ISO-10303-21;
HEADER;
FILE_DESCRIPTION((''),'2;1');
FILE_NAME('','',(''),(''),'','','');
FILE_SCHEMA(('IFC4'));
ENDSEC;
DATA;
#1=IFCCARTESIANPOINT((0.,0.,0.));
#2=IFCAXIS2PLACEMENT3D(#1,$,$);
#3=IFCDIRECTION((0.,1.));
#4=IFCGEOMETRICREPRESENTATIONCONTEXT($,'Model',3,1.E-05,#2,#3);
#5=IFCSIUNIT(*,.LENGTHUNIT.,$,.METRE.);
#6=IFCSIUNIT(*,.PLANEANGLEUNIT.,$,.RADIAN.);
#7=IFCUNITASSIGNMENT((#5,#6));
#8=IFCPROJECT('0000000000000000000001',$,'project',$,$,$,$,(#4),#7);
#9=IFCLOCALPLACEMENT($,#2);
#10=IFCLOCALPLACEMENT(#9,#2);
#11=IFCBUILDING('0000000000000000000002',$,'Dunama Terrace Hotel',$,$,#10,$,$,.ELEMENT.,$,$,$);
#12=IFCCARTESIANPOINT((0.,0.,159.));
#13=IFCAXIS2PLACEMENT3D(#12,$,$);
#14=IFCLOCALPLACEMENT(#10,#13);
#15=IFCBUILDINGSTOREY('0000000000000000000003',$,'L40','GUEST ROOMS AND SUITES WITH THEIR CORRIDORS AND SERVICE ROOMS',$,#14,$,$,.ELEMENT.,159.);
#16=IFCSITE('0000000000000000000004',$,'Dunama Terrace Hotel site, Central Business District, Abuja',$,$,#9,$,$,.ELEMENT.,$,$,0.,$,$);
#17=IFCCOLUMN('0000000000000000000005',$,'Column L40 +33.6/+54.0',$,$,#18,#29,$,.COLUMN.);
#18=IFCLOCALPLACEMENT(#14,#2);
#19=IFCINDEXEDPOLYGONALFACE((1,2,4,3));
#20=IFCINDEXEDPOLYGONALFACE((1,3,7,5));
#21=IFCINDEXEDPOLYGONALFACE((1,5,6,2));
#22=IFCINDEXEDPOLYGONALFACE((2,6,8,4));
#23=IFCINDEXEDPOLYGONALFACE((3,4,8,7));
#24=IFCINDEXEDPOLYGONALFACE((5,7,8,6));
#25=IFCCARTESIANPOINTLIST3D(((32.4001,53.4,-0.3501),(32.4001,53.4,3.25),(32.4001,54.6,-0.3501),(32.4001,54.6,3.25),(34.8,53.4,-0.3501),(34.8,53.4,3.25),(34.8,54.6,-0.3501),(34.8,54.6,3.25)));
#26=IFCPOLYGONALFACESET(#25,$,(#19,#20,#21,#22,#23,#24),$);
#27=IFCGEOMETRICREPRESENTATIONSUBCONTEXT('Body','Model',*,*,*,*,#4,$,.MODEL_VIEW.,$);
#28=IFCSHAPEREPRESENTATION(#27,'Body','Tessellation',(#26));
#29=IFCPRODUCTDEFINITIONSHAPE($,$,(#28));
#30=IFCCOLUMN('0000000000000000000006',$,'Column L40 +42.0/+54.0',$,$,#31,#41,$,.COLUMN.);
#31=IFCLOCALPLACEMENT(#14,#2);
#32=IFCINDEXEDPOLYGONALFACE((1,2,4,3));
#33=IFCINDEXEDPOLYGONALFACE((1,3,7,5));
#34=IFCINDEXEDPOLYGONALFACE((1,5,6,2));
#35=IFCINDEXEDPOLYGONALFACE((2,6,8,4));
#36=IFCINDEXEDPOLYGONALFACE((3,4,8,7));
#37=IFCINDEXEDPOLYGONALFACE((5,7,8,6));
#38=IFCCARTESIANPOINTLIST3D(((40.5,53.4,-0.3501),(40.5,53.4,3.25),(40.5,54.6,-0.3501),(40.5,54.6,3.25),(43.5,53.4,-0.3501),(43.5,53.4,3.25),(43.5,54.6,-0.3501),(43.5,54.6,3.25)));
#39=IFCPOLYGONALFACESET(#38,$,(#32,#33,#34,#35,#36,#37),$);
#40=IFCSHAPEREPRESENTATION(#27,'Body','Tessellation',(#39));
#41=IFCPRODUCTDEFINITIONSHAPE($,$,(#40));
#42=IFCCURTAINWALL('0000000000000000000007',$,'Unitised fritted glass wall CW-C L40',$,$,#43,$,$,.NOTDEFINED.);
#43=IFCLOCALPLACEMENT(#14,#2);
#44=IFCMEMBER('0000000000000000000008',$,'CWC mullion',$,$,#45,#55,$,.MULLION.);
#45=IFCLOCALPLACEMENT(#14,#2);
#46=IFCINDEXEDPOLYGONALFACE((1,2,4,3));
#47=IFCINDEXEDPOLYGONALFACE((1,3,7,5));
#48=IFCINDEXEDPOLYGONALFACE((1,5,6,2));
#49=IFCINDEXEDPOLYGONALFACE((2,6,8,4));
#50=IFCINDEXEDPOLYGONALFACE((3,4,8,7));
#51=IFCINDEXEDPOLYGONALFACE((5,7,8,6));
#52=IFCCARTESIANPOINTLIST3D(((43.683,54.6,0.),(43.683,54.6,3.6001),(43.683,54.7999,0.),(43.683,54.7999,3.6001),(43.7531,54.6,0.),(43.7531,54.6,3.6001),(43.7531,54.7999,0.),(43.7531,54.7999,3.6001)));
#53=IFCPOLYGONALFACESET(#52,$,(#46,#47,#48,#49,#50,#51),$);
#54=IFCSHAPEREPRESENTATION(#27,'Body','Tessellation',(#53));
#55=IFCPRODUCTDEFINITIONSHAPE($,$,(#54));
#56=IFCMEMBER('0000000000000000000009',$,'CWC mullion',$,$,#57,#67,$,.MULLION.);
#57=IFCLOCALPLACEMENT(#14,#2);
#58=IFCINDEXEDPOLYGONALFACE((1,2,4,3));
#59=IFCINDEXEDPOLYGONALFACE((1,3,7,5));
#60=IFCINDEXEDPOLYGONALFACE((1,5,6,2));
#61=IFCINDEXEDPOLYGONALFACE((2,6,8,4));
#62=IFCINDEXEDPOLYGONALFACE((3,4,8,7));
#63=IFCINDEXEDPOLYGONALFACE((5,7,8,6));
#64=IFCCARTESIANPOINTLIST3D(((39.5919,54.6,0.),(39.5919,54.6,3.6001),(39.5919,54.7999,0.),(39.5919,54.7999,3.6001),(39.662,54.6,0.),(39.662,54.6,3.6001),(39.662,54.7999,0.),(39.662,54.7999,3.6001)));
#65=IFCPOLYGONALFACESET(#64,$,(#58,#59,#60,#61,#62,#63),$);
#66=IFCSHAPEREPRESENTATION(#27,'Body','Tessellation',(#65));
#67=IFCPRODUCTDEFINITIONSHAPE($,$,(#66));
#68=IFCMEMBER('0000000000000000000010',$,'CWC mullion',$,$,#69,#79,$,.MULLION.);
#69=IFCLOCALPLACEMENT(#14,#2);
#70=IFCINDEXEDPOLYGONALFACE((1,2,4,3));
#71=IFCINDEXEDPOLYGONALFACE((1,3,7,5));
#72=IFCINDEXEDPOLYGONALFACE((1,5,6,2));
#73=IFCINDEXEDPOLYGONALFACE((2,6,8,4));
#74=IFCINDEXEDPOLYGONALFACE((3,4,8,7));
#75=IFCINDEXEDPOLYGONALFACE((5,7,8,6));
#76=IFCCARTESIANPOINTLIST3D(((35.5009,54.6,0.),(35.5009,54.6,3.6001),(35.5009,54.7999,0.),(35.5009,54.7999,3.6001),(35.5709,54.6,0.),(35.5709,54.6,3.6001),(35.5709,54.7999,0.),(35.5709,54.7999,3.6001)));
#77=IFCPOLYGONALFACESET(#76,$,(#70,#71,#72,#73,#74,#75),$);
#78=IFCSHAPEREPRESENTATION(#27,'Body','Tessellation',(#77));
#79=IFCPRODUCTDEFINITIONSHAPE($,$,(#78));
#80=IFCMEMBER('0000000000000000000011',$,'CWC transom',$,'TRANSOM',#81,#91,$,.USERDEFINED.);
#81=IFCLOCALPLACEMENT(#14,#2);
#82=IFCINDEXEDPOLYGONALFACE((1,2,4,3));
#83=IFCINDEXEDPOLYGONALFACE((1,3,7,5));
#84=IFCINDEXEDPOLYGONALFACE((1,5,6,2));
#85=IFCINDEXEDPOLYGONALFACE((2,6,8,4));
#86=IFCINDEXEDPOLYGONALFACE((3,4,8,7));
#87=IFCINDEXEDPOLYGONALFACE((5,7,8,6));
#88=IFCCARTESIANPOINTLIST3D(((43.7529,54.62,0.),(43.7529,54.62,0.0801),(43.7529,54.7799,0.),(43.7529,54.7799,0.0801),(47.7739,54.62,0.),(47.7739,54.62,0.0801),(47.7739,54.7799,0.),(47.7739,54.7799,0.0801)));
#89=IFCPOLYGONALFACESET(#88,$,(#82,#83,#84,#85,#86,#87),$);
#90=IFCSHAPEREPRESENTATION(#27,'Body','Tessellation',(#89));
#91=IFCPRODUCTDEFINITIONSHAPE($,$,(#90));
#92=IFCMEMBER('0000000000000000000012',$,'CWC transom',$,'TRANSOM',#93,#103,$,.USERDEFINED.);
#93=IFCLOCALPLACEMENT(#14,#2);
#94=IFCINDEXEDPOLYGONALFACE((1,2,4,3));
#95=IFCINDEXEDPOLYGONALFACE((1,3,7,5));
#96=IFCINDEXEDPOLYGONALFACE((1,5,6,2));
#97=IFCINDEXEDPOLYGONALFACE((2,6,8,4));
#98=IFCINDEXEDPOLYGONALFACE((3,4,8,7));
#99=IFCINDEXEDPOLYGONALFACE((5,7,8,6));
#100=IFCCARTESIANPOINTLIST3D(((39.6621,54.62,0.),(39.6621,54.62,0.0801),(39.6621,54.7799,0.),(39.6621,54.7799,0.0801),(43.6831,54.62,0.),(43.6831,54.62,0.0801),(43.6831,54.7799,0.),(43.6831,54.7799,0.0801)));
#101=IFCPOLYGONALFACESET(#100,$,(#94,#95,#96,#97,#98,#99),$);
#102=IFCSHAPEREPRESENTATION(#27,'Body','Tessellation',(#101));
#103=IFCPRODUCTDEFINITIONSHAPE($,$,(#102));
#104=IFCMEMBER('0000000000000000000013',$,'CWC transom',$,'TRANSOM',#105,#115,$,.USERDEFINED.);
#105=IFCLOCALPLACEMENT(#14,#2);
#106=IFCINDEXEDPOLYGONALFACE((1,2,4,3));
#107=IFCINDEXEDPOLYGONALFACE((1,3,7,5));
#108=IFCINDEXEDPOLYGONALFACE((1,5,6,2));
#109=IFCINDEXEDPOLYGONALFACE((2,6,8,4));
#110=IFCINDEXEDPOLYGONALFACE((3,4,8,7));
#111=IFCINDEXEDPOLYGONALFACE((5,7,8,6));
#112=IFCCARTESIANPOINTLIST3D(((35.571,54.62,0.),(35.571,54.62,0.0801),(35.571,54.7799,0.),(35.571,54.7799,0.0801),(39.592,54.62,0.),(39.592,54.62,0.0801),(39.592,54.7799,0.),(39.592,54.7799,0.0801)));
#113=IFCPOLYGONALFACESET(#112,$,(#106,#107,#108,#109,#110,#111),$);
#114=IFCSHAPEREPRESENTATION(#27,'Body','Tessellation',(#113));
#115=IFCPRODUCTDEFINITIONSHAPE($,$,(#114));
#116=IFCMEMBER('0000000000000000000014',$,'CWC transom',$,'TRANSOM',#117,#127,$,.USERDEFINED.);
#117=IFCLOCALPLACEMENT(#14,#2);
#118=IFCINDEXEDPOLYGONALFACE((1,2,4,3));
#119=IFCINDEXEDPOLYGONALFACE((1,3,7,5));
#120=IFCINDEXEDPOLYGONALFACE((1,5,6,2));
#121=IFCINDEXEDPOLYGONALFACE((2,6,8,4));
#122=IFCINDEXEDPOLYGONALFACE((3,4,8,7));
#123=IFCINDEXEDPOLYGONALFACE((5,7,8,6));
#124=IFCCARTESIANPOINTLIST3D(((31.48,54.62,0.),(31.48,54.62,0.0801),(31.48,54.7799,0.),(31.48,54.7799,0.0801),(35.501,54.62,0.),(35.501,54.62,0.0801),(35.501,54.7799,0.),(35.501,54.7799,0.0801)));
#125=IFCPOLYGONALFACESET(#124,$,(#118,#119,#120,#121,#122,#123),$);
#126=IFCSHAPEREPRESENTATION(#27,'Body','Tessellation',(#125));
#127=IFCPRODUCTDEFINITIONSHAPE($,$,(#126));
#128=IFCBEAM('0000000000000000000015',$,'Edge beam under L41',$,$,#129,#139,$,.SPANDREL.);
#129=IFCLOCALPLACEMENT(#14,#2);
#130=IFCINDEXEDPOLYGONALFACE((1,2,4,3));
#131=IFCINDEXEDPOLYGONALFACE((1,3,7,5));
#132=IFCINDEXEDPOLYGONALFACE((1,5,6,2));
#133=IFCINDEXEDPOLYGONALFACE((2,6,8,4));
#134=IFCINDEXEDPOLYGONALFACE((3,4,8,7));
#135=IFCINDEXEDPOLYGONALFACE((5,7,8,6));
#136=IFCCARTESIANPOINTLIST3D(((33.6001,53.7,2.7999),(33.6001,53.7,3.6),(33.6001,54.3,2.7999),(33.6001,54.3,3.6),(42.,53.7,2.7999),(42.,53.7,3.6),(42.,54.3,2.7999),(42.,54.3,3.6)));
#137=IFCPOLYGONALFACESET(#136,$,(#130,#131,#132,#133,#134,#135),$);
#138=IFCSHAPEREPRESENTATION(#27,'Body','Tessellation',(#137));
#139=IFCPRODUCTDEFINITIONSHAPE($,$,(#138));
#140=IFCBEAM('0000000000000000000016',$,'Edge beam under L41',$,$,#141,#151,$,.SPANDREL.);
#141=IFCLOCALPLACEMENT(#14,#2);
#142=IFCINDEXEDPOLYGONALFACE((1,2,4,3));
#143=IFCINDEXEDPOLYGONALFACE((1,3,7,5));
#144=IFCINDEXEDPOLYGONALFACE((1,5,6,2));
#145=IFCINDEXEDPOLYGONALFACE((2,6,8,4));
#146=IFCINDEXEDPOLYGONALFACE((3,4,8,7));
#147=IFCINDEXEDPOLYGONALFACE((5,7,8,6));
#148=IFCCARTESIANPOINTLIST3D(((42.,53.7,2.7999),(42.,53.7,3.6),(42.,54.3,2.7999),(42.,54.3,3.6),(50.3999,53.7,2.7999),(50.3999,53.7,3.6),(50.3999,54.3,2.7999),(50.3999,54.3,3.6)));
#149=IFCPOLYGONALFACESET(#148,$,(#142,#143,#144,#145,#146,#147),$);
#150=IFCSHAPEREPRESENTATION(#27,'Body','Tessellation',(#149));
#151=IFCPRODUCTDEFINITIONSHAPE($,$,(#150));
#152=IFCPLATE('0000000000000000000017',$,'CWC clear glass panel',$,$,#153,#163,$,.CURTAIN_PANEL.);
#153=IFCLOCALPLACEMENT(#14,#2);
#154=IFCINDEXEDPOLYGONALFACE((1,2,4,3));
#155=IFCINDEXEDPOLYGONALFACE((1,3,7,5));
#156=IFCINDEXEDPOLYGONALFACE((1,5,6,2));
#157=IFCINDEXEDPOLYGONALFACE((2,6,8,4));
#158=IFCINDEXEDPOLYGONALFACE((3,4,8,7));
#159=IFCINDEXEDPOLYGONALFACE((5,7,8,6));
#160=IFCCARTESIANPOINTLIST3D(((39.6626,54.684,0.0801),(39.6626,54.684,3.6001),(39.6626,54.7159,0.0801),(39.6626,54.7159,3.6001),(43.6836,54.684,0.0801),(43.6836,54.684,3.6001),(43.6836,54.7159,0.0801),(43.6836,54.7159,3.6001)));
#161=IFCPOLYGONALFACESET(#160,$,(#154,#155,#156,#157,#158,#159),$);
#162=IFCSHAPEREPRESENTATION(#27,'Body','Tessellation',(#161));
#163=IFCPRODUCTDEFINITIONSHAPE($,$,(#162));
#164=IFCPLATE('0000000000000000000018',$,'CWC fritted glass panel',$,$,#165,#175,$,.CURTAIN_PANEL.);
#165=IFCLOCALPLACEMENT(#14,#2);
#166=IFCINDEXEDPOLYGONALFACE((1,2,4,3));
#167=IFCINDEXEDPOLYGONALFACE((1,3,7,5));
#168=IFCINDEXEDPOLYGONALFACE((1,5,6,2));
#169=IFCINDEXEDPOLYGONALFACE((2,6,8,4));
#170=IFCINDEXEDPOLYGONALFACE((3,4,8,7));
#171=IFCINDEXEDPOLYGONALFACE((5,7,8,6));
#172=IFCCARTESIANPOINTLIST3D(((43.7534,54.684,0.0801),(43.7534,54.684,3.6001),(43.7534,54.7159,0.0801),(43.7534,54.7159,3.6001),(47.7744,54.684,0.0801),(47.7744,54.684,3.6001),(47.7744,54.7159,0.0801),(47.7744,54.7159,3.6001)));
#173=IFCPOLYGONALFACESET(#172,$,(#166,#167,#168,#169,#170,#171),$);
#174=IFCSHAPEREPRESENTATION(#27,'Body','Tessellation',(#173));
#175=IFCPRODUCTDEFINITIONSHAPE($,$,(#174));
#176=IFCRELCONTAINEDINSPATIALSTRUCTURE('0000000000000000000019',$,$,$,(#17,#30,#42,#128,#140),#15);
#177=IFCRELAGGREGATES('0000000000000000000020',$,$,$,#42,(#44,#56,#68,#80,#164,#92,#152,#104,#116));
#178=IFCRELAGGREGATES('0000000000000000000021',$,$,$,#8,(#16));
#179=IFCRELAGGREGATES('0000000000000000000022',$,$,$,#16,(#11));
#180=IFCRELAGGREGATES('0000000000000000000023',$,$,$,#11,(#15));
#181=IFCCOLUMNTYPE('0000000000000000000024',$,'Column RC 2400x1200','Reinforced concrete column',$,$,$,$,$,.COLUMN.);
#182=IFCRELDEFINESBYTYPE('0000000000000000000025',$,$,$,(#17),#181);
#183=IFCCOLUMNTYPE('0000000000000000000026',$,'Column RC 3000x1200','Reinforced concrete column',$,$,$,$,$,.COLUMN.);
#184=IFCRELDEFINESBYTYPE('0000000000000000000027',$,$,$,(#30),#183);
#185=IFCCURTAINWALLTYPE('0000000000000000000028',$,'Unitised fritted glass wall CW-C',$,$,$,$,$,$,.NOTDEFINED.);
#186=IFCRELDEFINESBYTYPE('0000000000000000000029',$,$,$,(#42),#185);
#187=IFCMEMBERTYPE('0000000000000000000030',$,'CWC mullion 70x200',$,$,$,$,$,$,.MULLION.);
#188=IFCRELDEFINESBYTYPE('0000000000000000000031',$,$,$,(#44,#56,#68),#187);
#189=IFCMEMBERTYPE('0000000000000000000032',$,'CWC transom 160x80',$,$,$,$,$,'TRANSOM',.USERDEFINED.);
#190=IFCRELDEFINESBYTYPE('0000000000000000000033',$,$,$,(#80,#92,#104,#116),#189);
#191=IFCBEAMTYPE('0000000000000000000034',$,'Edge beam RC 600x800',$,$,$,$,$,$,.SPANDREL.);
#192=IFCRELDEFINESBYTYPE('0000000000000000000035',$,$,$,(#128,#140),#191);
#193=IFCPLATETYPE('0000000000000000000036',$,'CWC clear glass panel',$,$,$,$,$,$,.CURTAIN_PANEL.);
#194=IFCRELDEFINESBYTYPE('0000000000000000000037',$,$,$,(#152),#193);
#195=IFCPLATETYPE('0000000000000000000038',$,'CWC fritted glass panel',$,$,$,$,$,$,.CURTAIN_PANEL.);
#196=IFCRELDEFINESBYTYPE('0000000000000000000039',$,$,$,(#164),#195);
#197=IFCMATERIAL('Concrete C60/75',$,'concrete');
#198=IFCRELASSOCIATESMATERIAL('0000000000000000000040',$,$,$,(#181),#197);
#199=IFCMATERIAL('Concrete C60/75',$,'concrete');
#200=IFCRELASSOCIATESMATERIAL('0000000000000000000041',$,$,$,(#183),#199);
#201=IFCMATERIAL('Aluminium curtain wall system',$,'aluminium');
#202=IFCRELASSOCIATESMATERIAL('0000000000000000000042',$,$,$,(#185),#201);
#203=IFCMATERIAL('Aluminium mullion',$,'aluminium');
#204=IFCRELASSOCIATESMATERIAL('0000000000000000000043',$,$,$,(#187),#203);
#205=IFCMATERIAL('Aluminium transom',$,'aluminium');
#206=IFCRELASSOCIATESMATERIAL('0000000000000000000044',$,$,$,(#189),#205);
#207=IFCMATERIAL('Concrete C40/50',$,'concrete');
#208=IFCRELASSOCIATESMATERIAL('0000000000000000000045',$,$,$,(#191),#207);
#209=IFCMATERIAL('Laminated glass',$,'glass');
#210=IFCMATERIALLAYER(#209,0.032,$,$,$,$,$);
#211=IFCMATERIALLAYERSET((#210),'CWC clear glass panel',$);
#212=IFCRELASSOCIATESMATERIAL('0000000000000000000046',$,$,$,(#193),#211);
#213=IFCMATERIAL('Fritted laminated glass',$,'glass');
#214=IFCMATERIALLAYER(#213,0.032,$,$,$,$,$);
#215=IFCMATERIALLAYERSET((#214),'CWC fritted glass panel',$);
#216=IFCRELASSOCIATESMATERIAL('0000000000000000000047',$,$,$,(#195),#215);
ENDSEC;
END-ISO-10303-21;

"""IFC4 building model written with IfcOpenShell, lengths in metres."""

from ifc_helpers import new_model, si_unit, direction, frame, origin, origin_2d, place, context, subcontext, project, spatial, rectangle, extrude, material, layer, layer_set, material_profile, profile_set, type_object, element, aggregate, save


model = new_model("IFC4")

# Units and contexts
model_context = context("Model", 3, precision=1e-05, world=origin(), true_north=direction((0.0, 1.0)))
body_context = subcontext(model_context, "Body", "Model", "MODEL_VIEW")
ifc_project = project(units=[si_unit("LENGTHUNIT", "METRE"), si_unit("PLANEANGLEUNIT", "RADIAN")], contexts=[model_context])

# Site, building, storey
site_placement = place(None, origin())
site = spatial("IfcSite", under=ifc_project, at=site_placement, Name="Dunama Terrace Hotel site, Central Business District, Abuja", CompositionType="ELEMENT", RefElevation=0.0)
building_placement = place(site_placement, origin())
building = spatial("IfcBuilding", under=site, at=building_placement, Name="Dunama Terrace Hotel", CompositionType="ELEMENT")
storey_placement = place(building_placement, frame((0.0, 0.0, 159.0)))
storey = spatial("IfcBuildingStorey", under=building, at=storey_placement, Name="L40", Description="GUEST ROOMS AND SUITES WITH THEIR CORRIDORS AND SERVICE ROOMS", CompositionType="ELEMENT", Elevation=159.0)

# Columns
ifc_material_1 = material(Name="Concrete C60/75", Category="concrete")
ifc_material_profile_1 = material_profile(ifc_material_1, rectangle(XDim=2.3999, YDim=1.2, at=origin_2d()), Name="RC 2400x1200")
ifc_profile_set_1 = profile_set([ifc_material_profile_1], Name="Concrete C60/75")
column_type_1 = type_object("IfcColumnType", Name="Column RC 2400x1200", Description="Reinforced concrete column", PredefinedType="COLUMN", material=ifc_profile_set_1)
column_1_placement = place(storey_placement, frame((33.6001, 54.0, -0.3501), z_axis=(0.0, 0.0, 1.0), x_axis=(1.0, 0.0, 0.0)))
element("IfcColumn", 1, at=column_1_placement, inside=storey, type_object=column_type_1, Name="Column L40 +33.6/+54.0", PredefinedType="COLUMN", context=body_context, shape_type="SweptSolid", body=[
    extrude(rectangle(XDim=2.3999, YDim=1.2, at=origin_2d()), origin(), (0.0, 0.0, 1.0), 3.6001),
])
ifc_material_2 = material(Name="Concrete C60/75", Category="concrete")
ifc_material_profile_2 = material_profile(ifc_material_2, rectangle(XDim=3.0, YDim=1.2, at=origin_2d()), Name="RC 3000x1200")
ifc_profile_set_2 = profile_set([ifc_material_profile_2], Name="Concrete C60/75")
column_type_2 = type_object("IfcColumnType", Name="Column RC 3000x1200", Description="Reinforced concrete column", PredefinedType="COLUMN", material=ifc_profile_set_2)
column_2_placement = place(storey_placement, frame((42.0, 54.0, -0.3501), z_axis=(0.0, 0.0, 1.0), x_axis=(1.0, 0.0, 0.0)))
element("IfcColumn", 2, at=column_2_placement, inside=storey, type_object=column_type_2, Name="Column L40 +42.0/+54.0", PredefinedType="COLUMN", context=body_context, shape_type="SweptSolid", body=[
    extrude(rectangle(XDim=3.0, YDim=1.2, at=origin_2d()), origin(), (0.0, 0.0, 1.0), 3.6001),
])

# Curtain wall, members
ifc_material_3 = material(Name="Aluminium curtain wall system", Category="aluminium")
curtain_wall_type = type_object("IfcCurtainWallType", Name="Unitised fritted glass wall CW-C", PredefinedType="NOTDEFINED", material=ifc_material_3)
curtain_wall_placement = place(storey_placement, origin())
curtain_wall = element("IfcCurtainWall", 3, at=curtain_wall_placement, inside=storey, type_object=curtain_wall_type, Name="Unitised fritted glass wall CW-C L40", PredefinedType="NOTDEFINED")
ifc_material_4 = material(Name="Aluminium mullion", Category="aluminium")
ifc_material_profile_3 = material_profile(ifc_material_4, rectangle(XDim=0.0701, YDim=0.2, at=origin_2d()), Name="CWC MULLION 70X200")
ifc_profile_set_3 = profile_set([ifc_material_profile_3], Name="Aluminium mullion")
member_type_1 = type_object("IfcMemberType", Name="CWC mullion 70x200", PredefinedType="MULLION", material=ifc_profile_set_3)
member_1_placement = place(storey_placement, frame((43.718, 54.7, 0.0), z_axis=(0.0, 0.0, 1.0), x_axis=(-1.0, 0.0, 0.0)))
member_1 = element("IfcMember", 4, at=member_1_placement, type_object=member_type_1, Name="CWC mullion", PredefinedType="MULLION", context=body_context, shape_type="SweptSolid", body=[
    extrude(rectangle(XDim=0.0701, YDim=0.2, at=origin_2d()), origin(), (0.0, 0.0, 1.0), 3.6001),
])
member_2_placement = place(storey_placement, frame((39.627, 54.7, 0.0), z_axis=(0.0, 0.0, 1.0), x_axis=(-1.0, 0.0, 0.0)))
member_2 = element("IfcMember", 5, at=member_2_placement, type_object=member_type_1, Name="CWC mullion", PredefinedType="MULLION", context=body_context, shape_type="SweptSolid", body=[
    extrude(rectangle(XDim=0.0701, YDim=0.2, at=origin_2d()), origin(), (0.0, 0.0, 1.0), 3.6001),
])
member_3_placement = place(storey_placement, frame((35.5359, 54.7, 0.0), z_axis=(0.0, 0.0, 1.0), x_axis=(-1.0, 0.0, 0.0)))
member_3 = element("IfcMember", 6, at=member_3_placement, type_object=member_type_1, Name="CWC mullion", PredefinedType="MULLION", context=body_context, shape_type="SweptSolid", body=[
    extrude(rectangle(XDim=0.0701, YDim=0.2, at=origin_2d()), origin(), (0.0, 0.0, 1.0), 3.6001),
])
ifc_material_5 = material(Name="Aluminium transom", Category="aluminium")
ifc_material_profile_4 = material_profile(ifc_material_5, rectangle(XDim=0.1599, YDim=0.0801, at=origin_2d()), Name="CWC TRANSOM 160X80")
ifc_profile_set_4 = profile_set([ifc_material_profile_4], Name="Aluminium transom")
member_type_2 = type_object("IfcMemberType", Name="CWC transom 160x80", ElementType="TRANSOM", PredefinedType="USERDEFINED", material=ifc_profile_set_4)
member_4_placement = place(storey_placement, frame((47.7739, 54.7, 0.04), z_axis=(-1.0, 0.0, 0.0), x_axis=(0.0, -1.0, 0.0)))
member_4 = element("IfcMember", 7, at=member_4_placement, type_object=member_type_2, Name="CWC transom", ObjectType="TRANSOM", PredefinedType="USERDEFINED", context=body_context, shape_type="SweptSolid", body=[
    extrude(rectangle(XDim=0.1599, YDim=0.0801, at=origin_2d()), origin(), (0.0, 0.0, 1.0), 4.021),
])
member_5_placement = place(storey_placement, frame((43.6831, 54.7, 0.04), z_axis=(-1.0, 0.0, 0.0), x_axis=(0.0, -1.0, 0.0)))
member_5 = element("IfcMember", 8, at=member_5_placement, type_object=member_type_2, Name="CWC transom", ObjectType="TRANSOM", PredefinedType="USERDEFINED", context=body_context, shape_type="SweptSolid", body=[
    extrude(rectangle(XDim=0.1599, YDim=0.0801, at=origin_2d()), origin(), (0.0, 0.0, 1.0), 4.021),
])
member_6_placement = place(storey_placement, frame((39.592, 54.7, 0.04), z_axis=(-1.0, 0.0, 0.0), x_axis=(0.0, -1.0, 0.0)))
member_6 = element("IfcMember", 9, at=member_6_placement, type_object=member_type_2, Name="CWC transom", ObjectType="TRANSOM", PredefinedType="USERDEFINED", context=body_context, shape_type="SweptSolid", body=[
    extrude(rectangle(XDim=0.1599, YDim=0.0801, at=origin_2d()), origin(), (0.0, 0.0, 1.0), 4.021),
])
member_7_placement = place(storey_placement, frame((35.501, 54.7, 0.04), z_axis=(-1.0, 0.0, 0.0), x_axis=(0.0, -1.0, 0.0)))
member_7 = element("IfcMember", 10, at=member_7_placement, type_object=member_type_2, Name="CWC transom", ObjectType="TRANSOM", PredefinedType="USERDEFINED", context=body_context, shape_type="SweptSolid", body=[
    extrude(rectangle(XDim=0.1599, YDim=0.0801, at=origin_2d()), origin(), (0.0, 0.0, 1.0), 4.021),
])

# Beams
ifc_material_6 = material(Name="Concrete C40/50", Category="concrete")
ifc_material_profile_5 = material_profile(ifc_material_6, rectangle(XDim=0.6001, YDim=0.8, at=origin_2d()), Name="RC 600x800")
ifc_profile_set_5 = profile_set([ifc_material_profile_5], Name="Concrete C40/50")
beam_type = type_object("IfcBeamType", Name="Edge beam RC 600x800", PredefinedType="SPANDREL", material=ifc_profile_set_5)
for number, where, z_axis, x_axis, name in (
    (11, (33.6001, 54.0, 3.2), (1.0, 0.0, 0.0), (0.0, 1.0, 0.0), "Edge beam under L41"),
    (12, (42.0, 54.0, 3.2), (1.0, 0.0, 0.0), (0.0, 1.0, 0.0), "Edge beam under L41"),
):
    element("IfcBeam", number, at=place(storey_placement, frame(where, z_axis=z_axis, x_axis=x_axis)), inside=storey, type_object=beam_type, Name=name, PredefinedType="SPANDREL", context=body_context, shape_type="SweptSolid", body=[
        extrude(rectangle(XDim=0.6001, YDim=0.8, at=origin_2d()), origin(), (0.0, 0.0, 1.0), 8.3999),
    ])

# Plates
ifc_material_7 = material(Name="Laminated glass", Category="glass")
ifc_layer_1 = layer(ifc_material_7, 0.032)
ifc_layer_set_1 = layer_set([ifc_layer_1], Name="CWC clear glass panel")
plate_type_1 = type_object("IfcPlateType", Name="CWC clear glass panel", PredefinedType="CURTAIN_PANEL", material=ifc_layer_set_1)
plate_1_placement = place(storey_placement, frame((41.6731, 54.7, 0.0801), z_axis=(0.0, 0.0, 1.0), x_axis=(-1.0, 0.0, 0.0)))
plate_1 = element("IfcPlate", 13, at=plate_1_placement, type_object=plate_type_1, Name="CWC clear glass panel", PredefinedType="CURTAIN_PANEL", context=body_context, shape_type="SweptSolid", body=[
    extrude(rectangle(XDim=4.021, YDim=0.032, at=origin_2d()), origin(), (0.0, 0.0, 1.0), 3.52),
])
ifc_material_8 = material(Name="Fritted laminated glass", Category="glass")
ifc_layer_2 = layer(ifc_material_8, 0.032)
ifc_layer_set_2 = layer_set([ifc_layer_2], Name="CWC fritted glass panel")
plate_type_2 = type_object("IfcPlateType", Name="CWC fritted glass panel", PredefinedType="CURTAIN_PANEL", material=ifc_layer_set_2)
plate_2_placement = place(storey_placement, frame((45.7639, 54.7, 0.0801), z_axis=(0.0, 0.0, 1.0), x_axis=(-1.0, 0.0, 0.0)))
plate_2 = element("IfcPlate", 14, at=plate_2_placement, type_object=plate_type_2, Name="CWC fritted glass panel", PredefinedType="CURTAIN_PANEL", context=body_context, shape_type="SweptSolid", body=[
    extrude(rectangle(XDim=4.021, YDim=0.032, at=origin_2d()), origin(), (0.0, 0.0, 1.0), 3.52),
])
aggregate(curtain_wall, [member_1, member_2, member_3, member_4, plate_2, member_5, plate_1, member_6, member_7])

save(model, "model.ifc")
